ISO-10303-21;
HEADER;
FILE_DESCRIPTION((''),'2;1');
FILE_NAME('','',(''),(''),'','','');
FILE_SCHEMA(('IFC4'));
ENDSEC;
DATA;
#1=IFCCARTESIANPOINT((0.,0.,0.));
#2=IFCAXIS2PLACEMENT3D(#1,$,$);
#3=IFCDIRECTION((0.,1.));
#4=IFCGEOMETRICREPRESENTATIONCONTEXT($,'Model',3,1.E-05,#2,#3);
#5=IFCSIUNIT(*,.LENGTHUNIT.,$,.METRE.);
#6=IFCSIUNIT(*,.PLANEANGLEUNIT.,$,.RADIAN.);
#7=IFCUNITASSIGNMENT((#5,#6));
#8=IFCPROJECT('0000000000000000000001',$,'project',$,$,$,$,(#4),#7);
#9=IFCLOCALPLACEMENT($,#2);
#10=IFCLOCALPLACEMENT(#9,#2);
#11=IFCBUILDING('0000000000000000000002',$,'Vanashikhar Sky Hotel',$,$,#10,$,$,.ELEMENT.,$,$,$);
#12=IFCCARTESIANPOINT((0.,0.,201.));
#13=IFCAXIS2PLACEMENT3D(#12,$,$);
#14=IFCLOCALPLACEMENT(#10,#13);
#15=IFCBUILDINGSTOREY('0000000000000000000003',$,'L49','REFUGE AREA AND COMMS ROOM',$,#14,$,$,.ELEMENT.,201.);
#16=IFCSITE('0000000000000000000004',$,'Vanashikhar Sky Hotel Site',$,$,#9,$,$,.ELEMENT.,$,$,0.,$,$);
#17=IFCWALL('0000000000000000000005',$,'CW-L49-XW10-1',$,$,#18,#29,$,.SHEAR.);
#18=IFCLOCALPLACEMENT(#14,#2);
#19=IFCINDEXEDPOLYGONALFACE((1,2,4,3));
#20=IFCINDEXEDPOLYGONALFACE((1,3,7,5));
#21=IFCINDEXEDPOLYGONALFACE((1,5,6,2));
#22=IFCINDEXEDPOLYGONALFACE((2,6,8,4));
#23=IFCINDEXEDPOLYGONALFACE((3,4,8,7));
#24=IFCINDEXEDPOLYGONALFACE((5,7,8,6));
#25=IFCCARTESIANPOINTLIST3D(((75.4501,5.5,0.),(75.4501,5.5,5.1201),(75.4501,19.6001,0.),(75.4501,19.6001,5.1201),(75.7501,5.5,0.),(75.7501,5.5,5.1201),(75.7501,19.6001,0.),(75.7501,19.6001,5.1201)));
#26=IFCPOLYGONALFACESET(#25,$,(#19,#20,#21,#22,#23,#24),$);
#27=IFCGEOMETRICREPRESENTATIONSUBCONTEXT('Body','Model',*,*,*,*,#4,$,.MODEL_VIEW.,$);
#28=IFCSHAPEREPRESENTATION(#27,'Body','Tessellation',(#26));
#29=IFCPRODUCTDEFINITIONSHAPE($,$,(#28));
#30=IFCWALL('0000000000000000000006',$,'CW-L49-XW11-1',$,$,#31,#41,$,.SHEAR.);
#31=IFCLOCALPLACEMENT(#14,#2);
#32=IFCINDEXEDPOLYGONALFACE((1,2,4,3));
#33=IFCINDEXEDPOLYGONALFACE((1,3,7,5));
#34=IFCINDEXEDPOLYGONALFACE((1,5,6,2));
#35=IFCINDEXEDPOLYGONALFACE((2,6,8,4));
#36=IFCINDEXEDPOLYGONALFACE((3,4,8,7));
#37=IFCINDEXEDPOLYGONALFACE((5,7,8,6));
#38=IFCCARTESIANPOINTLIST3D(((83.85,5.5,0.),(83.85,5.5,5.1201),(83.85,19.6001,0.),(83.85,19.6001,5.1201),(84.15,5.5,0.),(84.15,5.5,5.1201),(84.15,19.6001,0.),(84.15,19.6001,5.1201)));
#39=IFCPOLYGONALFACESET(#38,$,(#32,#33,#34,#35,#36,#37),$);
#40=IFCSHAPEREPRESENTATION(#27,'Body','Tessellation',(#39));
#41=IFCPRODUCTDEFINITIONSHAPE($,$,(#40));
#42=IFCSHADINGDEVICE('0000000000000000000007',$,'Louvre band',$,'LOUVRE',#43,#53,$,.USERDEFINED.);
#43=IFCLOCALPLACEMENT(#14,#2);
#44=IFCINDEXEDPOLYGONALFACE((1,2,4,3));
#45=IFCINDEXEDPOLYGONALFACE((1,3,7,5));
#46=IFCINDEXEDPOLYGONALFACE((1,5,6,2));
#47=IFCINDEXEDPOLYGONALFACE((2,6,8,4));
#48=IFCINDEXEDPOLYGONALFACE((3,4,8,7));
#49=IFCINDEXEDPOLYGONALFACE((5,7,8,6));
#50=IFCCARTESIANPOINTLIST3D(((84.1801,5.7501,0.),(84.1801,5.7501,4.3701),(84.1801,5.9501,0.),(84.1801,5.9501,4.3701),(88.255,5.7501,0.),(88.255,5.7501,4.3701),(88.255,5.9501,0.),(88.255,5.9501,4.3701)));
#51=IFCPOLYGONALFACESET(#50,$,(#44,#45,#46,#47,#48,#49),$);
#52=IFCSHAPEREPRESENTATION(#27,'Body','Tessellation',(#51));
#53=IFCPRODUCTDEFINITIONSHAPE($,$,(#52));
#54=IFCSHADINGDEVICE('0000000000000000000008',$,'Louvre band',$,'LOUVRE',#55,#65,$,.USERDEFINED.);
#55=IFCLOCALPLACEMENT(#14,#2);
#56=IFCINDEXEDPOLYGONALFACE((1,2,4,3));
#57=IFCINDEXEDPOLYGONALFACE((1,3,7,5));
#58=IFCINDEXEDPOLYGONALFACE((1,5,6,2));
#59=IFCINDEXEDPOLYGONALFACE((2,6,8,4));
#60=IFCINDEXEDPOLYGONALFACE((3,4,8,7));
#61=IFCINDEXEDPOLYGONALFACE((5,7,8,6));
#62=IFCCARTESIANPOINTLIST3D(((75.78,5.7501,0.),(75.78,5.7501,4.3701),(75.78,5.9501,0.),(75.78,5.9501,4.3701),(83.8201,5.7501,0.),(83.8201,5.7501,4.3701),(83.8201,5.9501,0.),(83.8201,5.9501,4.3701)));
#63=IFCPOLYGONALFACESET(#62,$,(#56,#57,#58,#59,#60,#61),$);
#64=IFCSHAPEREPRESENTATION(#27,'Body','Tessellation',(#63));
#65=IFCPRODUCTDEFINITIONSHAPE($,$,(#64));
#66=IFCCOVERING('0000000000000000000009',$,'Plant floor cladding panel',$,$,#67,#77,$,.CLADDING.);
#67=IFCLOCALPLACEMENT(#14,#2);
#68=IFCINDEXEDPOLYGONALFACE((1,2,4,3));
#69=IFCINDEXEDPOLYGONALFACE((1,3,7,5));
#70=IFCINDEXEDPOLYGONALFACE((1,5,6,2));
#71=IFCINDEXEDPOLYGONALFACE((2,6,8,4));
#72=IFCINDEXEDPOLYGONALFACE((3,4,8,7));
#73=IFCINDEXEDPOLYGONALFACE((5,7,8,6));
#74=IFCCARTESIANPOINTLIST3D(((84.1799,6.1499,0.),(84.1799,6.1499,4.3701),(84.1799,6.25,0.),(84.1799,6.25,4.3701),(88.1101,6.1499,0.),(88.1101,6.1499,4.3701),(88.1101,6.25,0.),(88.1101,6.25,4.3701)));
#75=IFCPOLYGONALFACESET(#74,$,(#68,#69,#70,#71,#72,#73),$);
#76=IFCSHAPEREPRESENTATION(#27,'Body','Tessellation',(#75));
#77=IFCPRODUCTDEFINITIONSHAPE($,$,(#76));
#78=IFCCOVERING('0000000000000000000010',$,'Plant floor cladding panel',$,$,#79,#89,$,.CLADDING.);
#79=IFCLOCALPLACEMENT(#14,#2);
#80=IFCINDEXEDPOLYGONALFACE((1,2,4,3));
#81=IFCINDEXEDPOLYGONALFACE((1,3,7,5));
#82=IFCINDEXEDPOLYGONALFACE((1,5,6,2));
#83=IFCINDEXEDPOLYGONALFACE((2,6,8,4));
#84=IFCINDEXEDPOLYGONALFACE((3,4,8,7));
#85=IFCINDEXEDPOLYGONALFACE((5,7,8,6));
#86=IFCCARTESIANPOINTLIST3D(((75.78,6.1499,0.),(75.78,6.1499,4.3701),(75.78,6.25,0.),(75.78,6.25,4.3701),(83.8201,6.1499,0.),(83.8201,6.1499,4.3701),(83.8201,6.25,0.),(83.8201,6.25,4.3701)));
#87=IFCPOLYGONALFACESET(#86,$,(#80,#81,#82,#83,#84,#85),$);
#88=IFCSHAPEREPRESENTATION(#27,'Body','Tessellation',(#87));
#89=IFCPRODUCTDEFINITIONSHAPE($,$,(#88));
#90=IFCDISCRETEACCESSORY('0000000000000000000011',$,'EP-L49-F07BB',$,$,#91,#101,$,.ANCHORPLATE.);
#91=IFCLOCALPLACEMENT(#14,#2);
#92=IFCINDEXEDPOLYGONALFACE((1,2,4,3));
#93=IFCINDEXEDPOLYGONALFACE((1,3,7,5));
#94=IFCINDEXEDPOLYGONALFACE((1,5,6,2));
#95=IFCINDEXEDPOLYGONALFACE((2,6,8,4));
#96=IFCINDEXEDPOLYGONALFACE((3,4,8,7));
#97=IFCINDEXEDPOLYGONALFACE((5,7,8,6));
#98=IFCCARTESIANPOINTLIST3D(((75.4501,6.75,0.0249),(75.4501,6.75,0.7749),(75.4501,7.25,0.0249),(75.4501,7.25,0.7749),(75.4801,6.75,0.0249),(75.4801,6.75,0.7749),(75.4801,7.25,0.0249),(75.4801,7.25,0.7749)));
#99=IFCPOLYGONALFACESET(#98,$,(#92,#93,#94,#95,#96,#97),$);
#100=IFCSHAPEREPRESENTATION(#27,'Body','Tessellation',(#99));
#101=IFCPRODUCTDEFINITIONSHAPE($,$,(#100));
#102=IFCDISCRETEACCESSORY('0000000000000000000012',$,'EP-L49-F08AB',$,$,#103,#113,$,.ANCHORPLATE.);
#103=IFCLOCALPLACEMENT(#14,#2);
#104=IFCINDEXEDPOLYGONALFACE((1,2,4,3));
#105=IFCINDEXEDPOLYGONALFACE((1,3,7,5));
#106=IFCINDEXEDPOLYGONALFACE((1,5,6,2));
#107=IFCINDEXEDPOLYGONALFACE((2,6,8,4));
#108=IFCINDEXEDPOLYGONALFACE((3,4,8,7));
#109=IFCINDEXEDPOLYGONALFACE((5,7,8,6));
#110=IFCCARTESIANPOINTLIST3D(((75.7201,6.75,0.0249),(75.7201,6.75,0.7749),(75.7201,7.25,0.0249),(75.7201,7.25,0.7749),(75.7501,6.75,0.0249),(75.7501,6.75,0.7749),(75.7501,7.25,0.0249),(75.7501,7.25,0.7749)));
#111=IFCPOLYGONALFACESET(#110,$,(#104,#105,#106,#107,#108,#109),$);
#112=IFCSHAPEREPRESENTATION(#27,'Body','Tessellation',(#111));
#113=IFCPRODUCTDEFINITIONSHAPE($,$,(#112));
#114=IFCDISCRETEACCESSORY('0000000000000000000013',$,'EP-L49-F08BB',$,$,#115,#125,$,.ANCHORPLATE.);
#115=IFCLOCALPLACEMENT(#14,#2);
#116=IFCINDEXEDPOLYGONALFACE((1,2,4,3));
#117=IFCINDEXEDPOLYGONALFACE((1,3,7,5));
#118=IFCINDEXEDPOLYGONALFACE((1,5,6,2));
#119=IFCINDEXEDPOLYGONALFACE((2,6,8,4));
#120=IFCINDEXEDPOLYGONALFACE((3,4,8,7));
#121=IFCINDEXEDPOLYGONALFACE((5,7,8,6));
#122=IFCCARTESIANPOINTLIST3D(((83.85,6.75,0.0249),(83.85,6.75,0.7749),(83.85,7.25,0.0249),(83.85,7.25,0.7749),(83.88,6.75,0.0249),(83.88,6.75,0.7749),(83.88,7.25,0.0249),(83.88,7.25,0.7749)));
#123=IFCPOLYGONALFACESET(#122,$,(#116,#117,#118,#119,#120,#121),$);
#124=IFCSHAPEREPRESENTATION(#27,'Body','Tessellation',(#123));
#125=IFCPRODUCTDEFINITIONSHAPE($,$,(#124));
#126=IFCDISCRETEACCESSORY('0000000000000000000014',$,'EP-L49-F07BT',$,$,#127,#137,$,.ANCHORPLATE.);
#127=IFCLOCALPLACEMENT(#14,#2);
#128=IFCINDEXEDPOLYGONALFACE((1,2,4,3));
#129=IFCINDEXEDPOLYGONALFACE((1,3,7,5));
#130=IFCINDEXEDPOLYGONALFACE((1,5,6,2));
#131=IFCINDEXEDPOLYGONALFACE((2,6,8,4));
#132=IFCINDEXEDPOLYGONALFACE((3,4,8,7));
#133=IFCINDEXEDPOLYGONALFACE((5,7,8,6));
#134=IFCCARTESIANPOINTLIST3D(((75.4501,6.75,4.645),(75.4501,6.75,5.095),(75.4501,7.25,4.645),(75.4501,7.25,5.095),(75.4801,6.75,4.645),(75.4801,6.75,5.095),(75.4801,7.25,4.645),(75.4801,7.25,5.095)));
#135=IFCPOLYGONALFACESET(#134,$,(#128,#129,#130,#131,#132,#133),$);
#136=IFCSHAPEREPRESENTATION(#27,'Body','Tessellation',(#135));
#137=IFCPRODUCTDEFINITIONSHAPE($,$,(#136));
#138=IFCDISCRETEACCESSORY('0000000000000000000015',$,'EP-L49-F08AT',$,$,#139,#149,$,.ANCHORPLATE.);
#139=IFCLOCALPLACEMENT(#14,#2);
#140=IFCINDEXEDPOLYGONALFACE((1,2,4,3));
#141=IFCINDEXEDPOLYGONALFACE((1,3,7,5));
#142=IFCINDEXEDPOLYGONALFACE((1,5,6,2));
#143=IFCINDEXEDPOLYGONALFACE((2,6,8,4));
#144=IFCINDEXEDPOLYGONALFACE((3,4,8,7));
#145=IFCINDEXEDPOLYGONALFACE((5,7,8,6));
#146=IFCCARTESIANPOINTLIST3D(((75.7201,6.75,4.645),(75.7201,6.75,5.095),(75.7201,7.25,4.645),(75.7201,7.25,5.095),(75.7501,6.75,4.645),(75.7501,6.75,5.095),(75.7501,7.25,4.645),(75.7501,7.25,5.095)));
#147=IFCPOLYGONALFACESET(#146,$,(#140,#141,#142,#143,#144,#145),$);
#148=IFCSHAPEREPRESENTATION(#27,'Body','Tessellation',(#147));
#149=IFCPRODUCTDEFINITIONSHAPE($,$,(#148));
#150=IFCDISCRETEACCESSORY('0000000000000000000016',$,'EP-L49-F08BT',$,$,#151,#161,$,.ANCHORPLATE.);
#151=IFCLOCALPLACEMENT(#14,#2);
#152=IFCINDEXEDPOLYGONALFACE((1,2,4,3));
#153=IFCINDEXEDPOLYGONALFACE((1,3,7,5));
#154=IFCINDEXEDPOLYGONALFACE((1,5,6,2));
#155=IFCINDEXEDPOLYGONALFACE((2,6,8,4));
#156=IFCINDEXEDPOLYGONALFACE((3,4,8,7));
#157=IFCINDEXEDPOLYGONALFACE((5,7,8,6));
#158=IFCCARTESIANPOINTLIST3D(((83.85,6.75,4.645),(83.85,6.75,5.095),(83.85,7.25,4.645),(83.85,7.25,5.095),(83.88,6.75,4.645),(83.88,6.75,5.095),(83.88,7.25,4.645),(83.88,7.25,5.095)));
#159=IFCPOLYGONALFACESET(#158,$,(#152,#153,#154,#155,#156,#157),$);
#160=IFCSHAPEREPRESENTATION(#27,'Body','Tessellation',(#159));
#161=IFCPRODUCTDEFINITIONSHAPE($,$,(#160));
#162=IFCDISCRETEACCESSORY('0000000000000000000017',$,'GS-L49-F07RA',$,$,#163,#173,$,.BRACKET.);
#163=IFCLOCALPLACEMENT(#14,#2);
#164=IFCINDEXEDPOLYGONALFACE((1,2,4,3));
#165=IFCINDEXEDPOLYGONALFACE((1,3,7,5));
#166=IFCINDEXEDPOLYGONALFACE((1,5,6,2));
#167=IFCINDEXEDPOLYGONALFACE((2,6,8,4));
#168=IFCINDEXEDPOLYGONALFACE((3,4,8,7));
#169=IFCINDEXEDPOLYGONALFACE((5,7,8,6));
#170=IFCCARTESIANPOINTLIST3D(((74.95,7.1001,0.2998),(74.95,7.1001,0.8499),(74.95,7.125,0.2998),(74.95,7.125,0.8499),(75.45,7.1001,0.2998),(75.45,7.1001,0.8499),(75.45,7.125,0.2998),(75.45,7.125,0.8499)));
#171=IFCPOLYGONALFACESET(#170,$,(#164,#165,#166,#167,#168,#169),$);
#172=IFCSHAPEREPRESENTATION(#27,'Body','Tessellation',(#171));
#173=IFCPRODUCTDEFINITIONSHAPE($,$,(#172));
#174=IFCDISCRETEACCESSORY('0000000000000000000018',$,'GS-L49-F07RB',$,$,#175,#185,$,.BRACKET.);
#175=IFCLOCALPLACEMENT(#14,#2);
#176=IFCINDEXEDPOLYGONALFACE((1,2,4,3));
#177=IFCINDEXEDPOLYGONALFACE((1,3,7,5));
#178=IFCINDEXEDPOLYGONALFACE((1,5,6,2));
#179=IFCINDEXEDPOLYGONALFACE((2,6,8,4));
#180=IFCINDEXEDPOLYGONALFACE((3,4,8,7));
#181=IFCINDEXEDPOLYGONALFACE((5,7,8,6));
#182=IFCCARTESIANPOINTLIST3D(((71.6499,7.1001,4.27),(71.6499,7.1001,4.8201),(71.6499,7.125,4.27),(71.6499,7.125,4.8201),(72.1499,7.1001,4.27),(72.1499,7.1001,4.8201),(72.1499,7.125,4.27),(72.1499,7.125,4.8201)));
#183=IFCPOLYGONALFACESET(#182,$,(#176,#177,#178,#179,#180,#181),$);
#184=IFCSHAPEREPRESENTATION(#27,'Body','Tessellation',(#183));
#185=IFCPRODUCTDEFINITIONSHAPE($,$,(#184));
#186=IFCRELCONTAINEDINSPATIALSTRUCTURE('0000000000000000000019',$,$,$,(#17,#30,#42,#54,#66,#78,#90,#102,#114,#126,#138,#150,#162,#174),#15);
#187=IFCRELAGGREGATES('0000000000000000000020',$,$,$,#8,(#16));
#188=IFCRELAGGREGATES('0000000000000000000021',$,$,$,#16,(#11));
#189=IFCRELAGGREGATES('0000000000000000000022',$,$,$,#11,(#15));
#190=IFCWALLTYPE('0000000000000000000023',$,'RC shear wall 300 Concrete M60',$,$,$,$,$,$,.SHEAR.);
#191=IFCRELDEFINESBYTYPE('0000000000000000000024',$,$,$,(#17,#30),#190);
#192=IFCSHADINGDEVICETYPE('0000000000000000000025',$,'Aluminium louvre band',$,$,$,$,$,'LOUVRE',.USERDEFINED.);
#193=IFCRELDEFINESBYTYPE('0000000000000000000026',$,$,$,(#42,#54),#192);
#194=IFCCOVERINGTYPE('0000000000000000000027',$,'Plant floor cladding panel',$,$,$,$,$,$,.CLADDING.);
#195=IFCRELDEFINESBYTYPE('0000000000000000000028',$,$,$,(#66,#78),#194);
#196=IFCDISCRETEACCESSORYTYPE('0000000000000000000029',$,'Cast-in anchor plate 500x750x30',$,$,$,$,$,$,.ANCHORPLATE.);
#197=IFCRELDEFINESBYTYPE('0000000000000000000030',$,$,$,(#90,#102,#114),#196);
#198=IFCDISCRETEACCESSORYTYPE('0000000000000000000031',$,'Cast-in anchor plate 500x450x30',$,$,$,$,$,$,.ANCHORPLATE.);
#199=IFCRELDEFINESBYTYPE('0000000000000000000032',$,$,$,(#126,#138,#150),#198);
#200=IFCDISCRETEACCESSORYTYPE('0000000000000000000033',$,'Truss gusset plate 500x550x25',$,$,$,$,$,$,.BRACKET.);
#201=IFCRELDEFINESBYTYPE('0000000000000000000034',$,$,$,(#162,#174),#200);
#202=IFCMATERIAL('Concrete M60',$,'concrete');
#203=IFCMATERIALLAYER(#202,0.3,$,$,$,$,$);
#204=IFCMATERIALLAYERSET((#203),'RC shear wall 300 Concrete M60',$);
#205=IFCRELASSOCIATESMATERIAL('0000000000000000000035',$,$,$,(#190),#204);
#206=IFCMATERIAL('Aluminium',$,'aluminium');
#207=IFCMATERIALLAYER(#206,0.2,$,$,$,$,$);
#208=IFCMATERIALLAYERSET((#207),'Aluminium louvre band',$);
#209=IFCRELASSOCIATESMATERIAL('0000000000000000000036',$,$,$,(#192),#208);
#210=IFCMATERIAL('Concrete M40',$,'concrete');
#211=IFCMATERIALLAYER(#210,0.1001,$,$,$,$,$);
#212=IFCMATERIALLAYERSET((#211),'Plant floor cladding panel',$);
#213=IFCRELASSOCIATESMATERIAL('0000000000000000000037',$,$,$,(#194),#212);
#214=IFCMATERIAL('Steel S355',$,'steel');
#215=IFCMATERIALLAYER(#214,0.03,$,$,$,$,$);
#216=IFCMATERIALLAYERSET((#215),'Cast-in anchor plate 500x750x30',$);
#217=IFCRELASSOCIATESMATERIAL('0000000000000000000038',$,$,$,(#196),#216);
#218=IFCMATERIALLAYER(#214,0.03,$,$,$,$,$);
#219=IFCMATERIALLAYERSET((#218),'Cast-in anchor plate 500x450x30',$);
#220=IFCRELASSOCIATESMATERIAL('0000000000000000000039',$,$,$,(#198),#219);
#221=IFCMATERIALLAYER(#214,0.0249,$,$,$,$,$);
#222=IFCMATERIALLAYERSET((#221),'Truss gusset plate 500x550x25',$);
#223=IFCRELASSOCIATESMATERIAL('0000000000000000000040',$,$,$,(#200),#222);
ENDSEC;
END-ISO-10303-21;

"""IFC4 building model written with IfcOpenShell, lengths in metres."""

from ifc_helpers import new_model, si_unit, direction, frame, frame_2d, origin, origin_2d, place, context, subcontext, project, spatial, rectangle, extrude, source, transform, mapped, material, layer, layer_set, type_object, element, save


model = new_model("IFC4")

# Units and contexts
model_context = context("Model", 3, precision=1e-05, world=origin(), true_north=direction((0.0, 1.0)))
body_context = subcontext(model_context, "Body", "Model", "MODEL_VIEW")
ifc_project = project(units=[si_unit("LENGTHUNIT", "METRE"), si_unit("PLANEANGLEUNIT", "RADIAN")], contexts=[model_context])

# Site, building, storey
site_placement = place(None, origin())
site = spatial("IfcSite", under=ifc_project, at=site_placement, Name="Vanashikhar Sky Hotel Site", CompositionType="ELEMENT", RefElevation=0.0)
building_placement = place(site_placement, origin())
building = spatial("IfcBuilding", under=site, at=building_placement, Name="Vanashikhar Sky Hotel", CompositionType="ELEMENT")
storey_placement = place(building_placement, frame((0.0, 0.0, 201.0)))
storey = spatial("IfcBuildingStorey", under=building, at=storey_placement, Name="L49", Description="REFUGE AREA AND COMMS ROOM", CompositionType="ELEMENT", Elevation=201.0)

# Shared definitions
ifc_material_1 = material(Name="Steel S355", Category="steel")

# Walls
ifc_material_2 = material(Name="Concrete M60", Category="concrete")
ifc_layer_1 = layer(ifc_material_2, 0.3)
ifc_layer_set_1 = layer_set([ifc_layer_1], Name="RC shear wall 300 Concrete M60")
wall_type = type_object("IfcWallType", Name="RC shear wall 300 Concrete M60", PredefinedType="SHEAR", material=ifc_layer_set_1)
shared_shape_1 = source(origin(), body_context, "Body", "SweptSolid", [
    extrude(rectangle(XDim=14.1001, YDim=0.3, at=frame_2d((7.05, 0.0))), origin(), (0.0, 0.0, 1.0), 5.1201),
])
for number, where, z_axis, x_axis, name in (
    (1, (75.6001, 5.5, 0.0), (0.0, 0.0, 1.0), (0.0, 1.0, 0.0), "CW-L49-XW10-1"),
    (2, (84.0, 5.5, 0.0), (0.0, 0.0, 1.0), (0.0, 1.0, 0.0), "CW-L49-XW11-1"),
):
    element("IfcWall", number, at=place(storey_placement, frame(where, z_axis=z_axis, x_axis=x_axis)), inside=storey, type_object=wall_type, Name=name, PredefinedType="SHEAR", context=body_context, shape_type="MappedRepresentation", body=[
        mapped(shared_shape_1, transform((0.0, 0.0, 0.0), scale=1.0)),
    ])

# Shading devices
ifc_material_3 = material(Name="Aluminium", Category="aluminium")
ifc_layer_2 = layer(ifc_material_3, 0.2)
ifc_layer_set_2 = layer_set([ifc_layer_2], Name="Aluminium louvre band")
shading_device_type = type_object("IfcShadingDeviceType", Name="Aluminium louvre band", ElementType="LOUVRE", PredefinedType="USERDEFINED", material=ifc_layer_set_2)
shared_shape_2 = source(origin(), body_context, "Body", "SweptSolid", [
    extrude(rectangle(XDim=4.075, YDim=0.2, at=origin_2d()), origin(), (0.0, 0.0, 1.0), 4.3701),
])
shading_device_1_placement = place(storey_placement, frame((86.2175, 5.8501, 0.0), z_axis=(0.0, 0.0, 1.0), x_axis=(1.0, 0.0, 0.0)))
element("IfcShadingDevice", 3, at=shading_device_1_placement, inside=storey, type_object=shading_device_type, Name="Louvre band", ObjectType="LOUVRE", PredefinedType="USERDEFINED", context=body_context, shape_type="MappedRepresentation", body=[
    mapped(shared_shape_2, transform((0.0, 0.0, 0.0), scale=1.0)),
])
shared_shape_3 = source(origin(), body_context, "Body", "SweptSolid", [
    extrude(rectangle(XDim=8.04, YDim=0.2, at=origin_2d()), origin(), (0.0, 0.0, 1.0), 4.3701),
])
shading_device_2_placement = place(storey_placement, frame((79.8, 5.8501, 0.0), z_axis=(0.0, 0.0, 1.0), x_axis=(1.0, 0.0, 0.0)))
element("IfcShadingDevice", 4, at=shading_device_2_placement, inside=storey, type_object=shading_device_type, Name="Louvre band", ObjectType="LOUVRE", PredefinedType="USERDEFINED", context=body_context, shape_type="MappedRepresentation", body=[
    mapped(shared_shape_3, transform((0.0, 0.0, 0.0), scale=1.0)),
])

# Coverings
ifc_material_4 = material(Name="Concrete M40", Category="concrete")
ifc_layer_3 = layer(ifc_material_4, 0.1001)
ifc_layer_set_3 = layer_set([ifc_layer_3], Name="Plant floor cladding panel")
covering_type = type_object("IfcCoveringType", Name="Plant floor cladding panel", PredefinedType="CLADDING", material=ifc_layer_set_3)
shared_shape_4 = source(origin(), body_context, "Body", "SweptSolid", [
    extrude(rectangle(XDim=3.9302, YDim=0.1001, at=origin_2d()), origin(), (0.0, 0.0, 1.0), 4.3701),
])
covering_1_placement = place(storey_placement, frame((86.145, 6.2, 0.0), z_axis=(0.0, 0.0, 1.0), x_axis=(1.0, 0.0, 0.0)))
element("IfcCovering", 5, at=covering_1_placement, inside=storey, type_object=covering_type, Name="Plant floor cladding panel", PredefinedType="CLADDING", context=body_context, shape_type="MappedRepresentation", body=[
    mapped(shared_shape_4, transform((0.0, 0.0, 0.0), scale=1.0)),
])
shared_shape_5 = source(origin(), body_context, "Body", "SweptSolid", [
    extrude(rectangle(XDim=8.04, YDim=0.1001, at=origin_2d()), origin(), (0.0, 0.0, 1.0), 4.3701),
])
covering_2_placement = place(storey_placement, frame((79.8, 6.2, 0.0), z_axis=(0.0, 0.0, 1.0), x_axis=(1.0, 0.0, 0.0)))
element("IfcCovering", 6, at=covering_2_placement, inside=storey, type_object=covering_type, Name="Plant floor cladding panel", PredefinedType="CLADDING", context=body_context, shape_type="MappedRepresentation", body=[
    mapped(shared_shape_5, transform((0.0, 0.0, 0.0), scale=1.0)),
])

# Discrete accessories
ifc_layer_4 = layer(ifc_material_1, 0.03)
ifc_layer_set_4 = layer_set([ifc_layer_4], Name="Cast-in anchor plate 500x750x30")
discrete_accessory_type_1 = type_object("IfcDiscreteAccessoryType", Name="Cast-in anchor plate 500x750x30", PredefinedType="ANCHORPLATE", material=ifc_layer_set_4)
shared_shape_6 = source(origin(), body_context, "Body", "SweptSolid", [
    extrude(rectangle(XDim=0.03, YDim=0.5, at=origin_2d()), origin(), (0.0, 0.0, 1.0), 0.75),
])
for number, where, z_axis, x_axis, name in (
    (7, (75.4651, 7.0, 0.0249), (0.0, 0.0, 1.0), (1.0, 0.0, 0.0), "EP-L49-F07BB"),
    (8, (75.7351, 7.0, 0.0249), (0.0, 0.0, 1.0), (1.0, 0.0, 0.0), "EP-L49-F08AB"),
    (9, (83.865, 7.0, 0.0249), (0.0, 0.0, 1.0), (1.0, 0.0, 0.0), "EP-L49-F08BB"),
):
    element("IfcDiscreteAccessory", number, at=place(storey_placement, frame(where, z_axis=z_axis, x_axis=x_axis)), inside=storey, type_object=discrete_accessory_type_1, Name=name, PredefinedType="ANCHORPLATE", context=body_context, shape_type="MappedRepresentation", body=[
        mapped(shared_shape_6, transform((0.0, 0.0, 0.0), scale=1.0)),
    ])
ifc_layer_5 = layer(ifc_material_1, 0.03)
ifc_layer_set_5 = layer_set([ifc_layer_5], Name="Cast-in anchor plate 500x450x30")
discrete_accessory_type_2 = type_object("IfcDiscreteAccessoryType", Name="Cast-in anchor plate 500x450x30", PredefinedType="ANCHORPLATE", material=ifc_layer_set_5)
shared_shape_7 = source(origin(), body_context, "Body", "SweptSolid", [
    extrude(rectangle(XDim=0.03, YDim=0.5, at=origin_2d()), origin(), (0.0, 0.0, 1.0), 0.45),
])
for number, where, z_axis, x_axis, name in (
    (10, (75.4651, 7.0, 4.645), (0.0, 0.0, 1.0), (1.0, 0.0, 0.0), "EP-L49-F07BT"),
    (11, (75.7351, 7.0, 4.645), (0.0, 0.0, 1.0), (1.0, 0.0, 0.0), "EP-L49-F08AT"),
    (12, (83.865, 7.0, 4.645), (0.0, 0.0, 1.0), (1.0, 0.0, 0.0), "EP-L49-F08BT"),
):
    element("IfcDiscreteAccessory", number, at=place(storey_placement, frame(where, z_axis=z_axis, x_axis=x_axis)), inside=storey, type_object=discrete_accessory_type_2, Name=name, PredefinedType="ANCHORPLATE", context=body_context, shape_type="MappedRepresentation", body=[
        mapped(shared_shape_7, transform((0.0, 0.0, 0.0), scale=1.0)),
    ])
ifc_layer_6 = layer(ifc_material_1, 0.0249)
ifc_layer_set_6 = layer_set([ifc_layer_6], Name="Truss gusset plate 500x550x25")
discrete_accessory_type_3 = type_object("IfcDiscreteAccessoryType", Name="Truss gusset plate 500x550x25", PredefinedType="BRACKET", material=ifc_layer_set_6)
shared_shape_8 = source(origin(), body_context, "Body", "SweptSolid", [
    extrude(rectangle(XDim=0.5, YDim=0.0249, at=origin_2d()), origin(), (0.0, 0.0, 1.0), 0.55),
])
for number, where, z_axis, x_axis, name in (
    (13, (75.2, 7.1125, 0.2998), (0.0, 0.0, 1.0), (1.0, 0.0, 0.0), "GS-L49-F07RA"),
    (14, (71.8999, 7.1125, 4.27), (0.0, 0.0, 1.0), (1.0, 0.0, 0.0), "GS-L49-F07RB"),
):
    element("IfcDiscreteAccessory", number, at=place(storey_placement, frame(where, z_axis=z_axis, x_axis=x_axis)), inside=storey, type_object=discrete_accessory_type_3, Name=name, PredefinedType="BRACKET", context=body_context, shape_type="MappedRepresentation", body=[
        mapped(shared_shape_8, transform((0.0, 0.0, 0.0), scale=1.0)),
    ])

save(model, "model.ifc")
